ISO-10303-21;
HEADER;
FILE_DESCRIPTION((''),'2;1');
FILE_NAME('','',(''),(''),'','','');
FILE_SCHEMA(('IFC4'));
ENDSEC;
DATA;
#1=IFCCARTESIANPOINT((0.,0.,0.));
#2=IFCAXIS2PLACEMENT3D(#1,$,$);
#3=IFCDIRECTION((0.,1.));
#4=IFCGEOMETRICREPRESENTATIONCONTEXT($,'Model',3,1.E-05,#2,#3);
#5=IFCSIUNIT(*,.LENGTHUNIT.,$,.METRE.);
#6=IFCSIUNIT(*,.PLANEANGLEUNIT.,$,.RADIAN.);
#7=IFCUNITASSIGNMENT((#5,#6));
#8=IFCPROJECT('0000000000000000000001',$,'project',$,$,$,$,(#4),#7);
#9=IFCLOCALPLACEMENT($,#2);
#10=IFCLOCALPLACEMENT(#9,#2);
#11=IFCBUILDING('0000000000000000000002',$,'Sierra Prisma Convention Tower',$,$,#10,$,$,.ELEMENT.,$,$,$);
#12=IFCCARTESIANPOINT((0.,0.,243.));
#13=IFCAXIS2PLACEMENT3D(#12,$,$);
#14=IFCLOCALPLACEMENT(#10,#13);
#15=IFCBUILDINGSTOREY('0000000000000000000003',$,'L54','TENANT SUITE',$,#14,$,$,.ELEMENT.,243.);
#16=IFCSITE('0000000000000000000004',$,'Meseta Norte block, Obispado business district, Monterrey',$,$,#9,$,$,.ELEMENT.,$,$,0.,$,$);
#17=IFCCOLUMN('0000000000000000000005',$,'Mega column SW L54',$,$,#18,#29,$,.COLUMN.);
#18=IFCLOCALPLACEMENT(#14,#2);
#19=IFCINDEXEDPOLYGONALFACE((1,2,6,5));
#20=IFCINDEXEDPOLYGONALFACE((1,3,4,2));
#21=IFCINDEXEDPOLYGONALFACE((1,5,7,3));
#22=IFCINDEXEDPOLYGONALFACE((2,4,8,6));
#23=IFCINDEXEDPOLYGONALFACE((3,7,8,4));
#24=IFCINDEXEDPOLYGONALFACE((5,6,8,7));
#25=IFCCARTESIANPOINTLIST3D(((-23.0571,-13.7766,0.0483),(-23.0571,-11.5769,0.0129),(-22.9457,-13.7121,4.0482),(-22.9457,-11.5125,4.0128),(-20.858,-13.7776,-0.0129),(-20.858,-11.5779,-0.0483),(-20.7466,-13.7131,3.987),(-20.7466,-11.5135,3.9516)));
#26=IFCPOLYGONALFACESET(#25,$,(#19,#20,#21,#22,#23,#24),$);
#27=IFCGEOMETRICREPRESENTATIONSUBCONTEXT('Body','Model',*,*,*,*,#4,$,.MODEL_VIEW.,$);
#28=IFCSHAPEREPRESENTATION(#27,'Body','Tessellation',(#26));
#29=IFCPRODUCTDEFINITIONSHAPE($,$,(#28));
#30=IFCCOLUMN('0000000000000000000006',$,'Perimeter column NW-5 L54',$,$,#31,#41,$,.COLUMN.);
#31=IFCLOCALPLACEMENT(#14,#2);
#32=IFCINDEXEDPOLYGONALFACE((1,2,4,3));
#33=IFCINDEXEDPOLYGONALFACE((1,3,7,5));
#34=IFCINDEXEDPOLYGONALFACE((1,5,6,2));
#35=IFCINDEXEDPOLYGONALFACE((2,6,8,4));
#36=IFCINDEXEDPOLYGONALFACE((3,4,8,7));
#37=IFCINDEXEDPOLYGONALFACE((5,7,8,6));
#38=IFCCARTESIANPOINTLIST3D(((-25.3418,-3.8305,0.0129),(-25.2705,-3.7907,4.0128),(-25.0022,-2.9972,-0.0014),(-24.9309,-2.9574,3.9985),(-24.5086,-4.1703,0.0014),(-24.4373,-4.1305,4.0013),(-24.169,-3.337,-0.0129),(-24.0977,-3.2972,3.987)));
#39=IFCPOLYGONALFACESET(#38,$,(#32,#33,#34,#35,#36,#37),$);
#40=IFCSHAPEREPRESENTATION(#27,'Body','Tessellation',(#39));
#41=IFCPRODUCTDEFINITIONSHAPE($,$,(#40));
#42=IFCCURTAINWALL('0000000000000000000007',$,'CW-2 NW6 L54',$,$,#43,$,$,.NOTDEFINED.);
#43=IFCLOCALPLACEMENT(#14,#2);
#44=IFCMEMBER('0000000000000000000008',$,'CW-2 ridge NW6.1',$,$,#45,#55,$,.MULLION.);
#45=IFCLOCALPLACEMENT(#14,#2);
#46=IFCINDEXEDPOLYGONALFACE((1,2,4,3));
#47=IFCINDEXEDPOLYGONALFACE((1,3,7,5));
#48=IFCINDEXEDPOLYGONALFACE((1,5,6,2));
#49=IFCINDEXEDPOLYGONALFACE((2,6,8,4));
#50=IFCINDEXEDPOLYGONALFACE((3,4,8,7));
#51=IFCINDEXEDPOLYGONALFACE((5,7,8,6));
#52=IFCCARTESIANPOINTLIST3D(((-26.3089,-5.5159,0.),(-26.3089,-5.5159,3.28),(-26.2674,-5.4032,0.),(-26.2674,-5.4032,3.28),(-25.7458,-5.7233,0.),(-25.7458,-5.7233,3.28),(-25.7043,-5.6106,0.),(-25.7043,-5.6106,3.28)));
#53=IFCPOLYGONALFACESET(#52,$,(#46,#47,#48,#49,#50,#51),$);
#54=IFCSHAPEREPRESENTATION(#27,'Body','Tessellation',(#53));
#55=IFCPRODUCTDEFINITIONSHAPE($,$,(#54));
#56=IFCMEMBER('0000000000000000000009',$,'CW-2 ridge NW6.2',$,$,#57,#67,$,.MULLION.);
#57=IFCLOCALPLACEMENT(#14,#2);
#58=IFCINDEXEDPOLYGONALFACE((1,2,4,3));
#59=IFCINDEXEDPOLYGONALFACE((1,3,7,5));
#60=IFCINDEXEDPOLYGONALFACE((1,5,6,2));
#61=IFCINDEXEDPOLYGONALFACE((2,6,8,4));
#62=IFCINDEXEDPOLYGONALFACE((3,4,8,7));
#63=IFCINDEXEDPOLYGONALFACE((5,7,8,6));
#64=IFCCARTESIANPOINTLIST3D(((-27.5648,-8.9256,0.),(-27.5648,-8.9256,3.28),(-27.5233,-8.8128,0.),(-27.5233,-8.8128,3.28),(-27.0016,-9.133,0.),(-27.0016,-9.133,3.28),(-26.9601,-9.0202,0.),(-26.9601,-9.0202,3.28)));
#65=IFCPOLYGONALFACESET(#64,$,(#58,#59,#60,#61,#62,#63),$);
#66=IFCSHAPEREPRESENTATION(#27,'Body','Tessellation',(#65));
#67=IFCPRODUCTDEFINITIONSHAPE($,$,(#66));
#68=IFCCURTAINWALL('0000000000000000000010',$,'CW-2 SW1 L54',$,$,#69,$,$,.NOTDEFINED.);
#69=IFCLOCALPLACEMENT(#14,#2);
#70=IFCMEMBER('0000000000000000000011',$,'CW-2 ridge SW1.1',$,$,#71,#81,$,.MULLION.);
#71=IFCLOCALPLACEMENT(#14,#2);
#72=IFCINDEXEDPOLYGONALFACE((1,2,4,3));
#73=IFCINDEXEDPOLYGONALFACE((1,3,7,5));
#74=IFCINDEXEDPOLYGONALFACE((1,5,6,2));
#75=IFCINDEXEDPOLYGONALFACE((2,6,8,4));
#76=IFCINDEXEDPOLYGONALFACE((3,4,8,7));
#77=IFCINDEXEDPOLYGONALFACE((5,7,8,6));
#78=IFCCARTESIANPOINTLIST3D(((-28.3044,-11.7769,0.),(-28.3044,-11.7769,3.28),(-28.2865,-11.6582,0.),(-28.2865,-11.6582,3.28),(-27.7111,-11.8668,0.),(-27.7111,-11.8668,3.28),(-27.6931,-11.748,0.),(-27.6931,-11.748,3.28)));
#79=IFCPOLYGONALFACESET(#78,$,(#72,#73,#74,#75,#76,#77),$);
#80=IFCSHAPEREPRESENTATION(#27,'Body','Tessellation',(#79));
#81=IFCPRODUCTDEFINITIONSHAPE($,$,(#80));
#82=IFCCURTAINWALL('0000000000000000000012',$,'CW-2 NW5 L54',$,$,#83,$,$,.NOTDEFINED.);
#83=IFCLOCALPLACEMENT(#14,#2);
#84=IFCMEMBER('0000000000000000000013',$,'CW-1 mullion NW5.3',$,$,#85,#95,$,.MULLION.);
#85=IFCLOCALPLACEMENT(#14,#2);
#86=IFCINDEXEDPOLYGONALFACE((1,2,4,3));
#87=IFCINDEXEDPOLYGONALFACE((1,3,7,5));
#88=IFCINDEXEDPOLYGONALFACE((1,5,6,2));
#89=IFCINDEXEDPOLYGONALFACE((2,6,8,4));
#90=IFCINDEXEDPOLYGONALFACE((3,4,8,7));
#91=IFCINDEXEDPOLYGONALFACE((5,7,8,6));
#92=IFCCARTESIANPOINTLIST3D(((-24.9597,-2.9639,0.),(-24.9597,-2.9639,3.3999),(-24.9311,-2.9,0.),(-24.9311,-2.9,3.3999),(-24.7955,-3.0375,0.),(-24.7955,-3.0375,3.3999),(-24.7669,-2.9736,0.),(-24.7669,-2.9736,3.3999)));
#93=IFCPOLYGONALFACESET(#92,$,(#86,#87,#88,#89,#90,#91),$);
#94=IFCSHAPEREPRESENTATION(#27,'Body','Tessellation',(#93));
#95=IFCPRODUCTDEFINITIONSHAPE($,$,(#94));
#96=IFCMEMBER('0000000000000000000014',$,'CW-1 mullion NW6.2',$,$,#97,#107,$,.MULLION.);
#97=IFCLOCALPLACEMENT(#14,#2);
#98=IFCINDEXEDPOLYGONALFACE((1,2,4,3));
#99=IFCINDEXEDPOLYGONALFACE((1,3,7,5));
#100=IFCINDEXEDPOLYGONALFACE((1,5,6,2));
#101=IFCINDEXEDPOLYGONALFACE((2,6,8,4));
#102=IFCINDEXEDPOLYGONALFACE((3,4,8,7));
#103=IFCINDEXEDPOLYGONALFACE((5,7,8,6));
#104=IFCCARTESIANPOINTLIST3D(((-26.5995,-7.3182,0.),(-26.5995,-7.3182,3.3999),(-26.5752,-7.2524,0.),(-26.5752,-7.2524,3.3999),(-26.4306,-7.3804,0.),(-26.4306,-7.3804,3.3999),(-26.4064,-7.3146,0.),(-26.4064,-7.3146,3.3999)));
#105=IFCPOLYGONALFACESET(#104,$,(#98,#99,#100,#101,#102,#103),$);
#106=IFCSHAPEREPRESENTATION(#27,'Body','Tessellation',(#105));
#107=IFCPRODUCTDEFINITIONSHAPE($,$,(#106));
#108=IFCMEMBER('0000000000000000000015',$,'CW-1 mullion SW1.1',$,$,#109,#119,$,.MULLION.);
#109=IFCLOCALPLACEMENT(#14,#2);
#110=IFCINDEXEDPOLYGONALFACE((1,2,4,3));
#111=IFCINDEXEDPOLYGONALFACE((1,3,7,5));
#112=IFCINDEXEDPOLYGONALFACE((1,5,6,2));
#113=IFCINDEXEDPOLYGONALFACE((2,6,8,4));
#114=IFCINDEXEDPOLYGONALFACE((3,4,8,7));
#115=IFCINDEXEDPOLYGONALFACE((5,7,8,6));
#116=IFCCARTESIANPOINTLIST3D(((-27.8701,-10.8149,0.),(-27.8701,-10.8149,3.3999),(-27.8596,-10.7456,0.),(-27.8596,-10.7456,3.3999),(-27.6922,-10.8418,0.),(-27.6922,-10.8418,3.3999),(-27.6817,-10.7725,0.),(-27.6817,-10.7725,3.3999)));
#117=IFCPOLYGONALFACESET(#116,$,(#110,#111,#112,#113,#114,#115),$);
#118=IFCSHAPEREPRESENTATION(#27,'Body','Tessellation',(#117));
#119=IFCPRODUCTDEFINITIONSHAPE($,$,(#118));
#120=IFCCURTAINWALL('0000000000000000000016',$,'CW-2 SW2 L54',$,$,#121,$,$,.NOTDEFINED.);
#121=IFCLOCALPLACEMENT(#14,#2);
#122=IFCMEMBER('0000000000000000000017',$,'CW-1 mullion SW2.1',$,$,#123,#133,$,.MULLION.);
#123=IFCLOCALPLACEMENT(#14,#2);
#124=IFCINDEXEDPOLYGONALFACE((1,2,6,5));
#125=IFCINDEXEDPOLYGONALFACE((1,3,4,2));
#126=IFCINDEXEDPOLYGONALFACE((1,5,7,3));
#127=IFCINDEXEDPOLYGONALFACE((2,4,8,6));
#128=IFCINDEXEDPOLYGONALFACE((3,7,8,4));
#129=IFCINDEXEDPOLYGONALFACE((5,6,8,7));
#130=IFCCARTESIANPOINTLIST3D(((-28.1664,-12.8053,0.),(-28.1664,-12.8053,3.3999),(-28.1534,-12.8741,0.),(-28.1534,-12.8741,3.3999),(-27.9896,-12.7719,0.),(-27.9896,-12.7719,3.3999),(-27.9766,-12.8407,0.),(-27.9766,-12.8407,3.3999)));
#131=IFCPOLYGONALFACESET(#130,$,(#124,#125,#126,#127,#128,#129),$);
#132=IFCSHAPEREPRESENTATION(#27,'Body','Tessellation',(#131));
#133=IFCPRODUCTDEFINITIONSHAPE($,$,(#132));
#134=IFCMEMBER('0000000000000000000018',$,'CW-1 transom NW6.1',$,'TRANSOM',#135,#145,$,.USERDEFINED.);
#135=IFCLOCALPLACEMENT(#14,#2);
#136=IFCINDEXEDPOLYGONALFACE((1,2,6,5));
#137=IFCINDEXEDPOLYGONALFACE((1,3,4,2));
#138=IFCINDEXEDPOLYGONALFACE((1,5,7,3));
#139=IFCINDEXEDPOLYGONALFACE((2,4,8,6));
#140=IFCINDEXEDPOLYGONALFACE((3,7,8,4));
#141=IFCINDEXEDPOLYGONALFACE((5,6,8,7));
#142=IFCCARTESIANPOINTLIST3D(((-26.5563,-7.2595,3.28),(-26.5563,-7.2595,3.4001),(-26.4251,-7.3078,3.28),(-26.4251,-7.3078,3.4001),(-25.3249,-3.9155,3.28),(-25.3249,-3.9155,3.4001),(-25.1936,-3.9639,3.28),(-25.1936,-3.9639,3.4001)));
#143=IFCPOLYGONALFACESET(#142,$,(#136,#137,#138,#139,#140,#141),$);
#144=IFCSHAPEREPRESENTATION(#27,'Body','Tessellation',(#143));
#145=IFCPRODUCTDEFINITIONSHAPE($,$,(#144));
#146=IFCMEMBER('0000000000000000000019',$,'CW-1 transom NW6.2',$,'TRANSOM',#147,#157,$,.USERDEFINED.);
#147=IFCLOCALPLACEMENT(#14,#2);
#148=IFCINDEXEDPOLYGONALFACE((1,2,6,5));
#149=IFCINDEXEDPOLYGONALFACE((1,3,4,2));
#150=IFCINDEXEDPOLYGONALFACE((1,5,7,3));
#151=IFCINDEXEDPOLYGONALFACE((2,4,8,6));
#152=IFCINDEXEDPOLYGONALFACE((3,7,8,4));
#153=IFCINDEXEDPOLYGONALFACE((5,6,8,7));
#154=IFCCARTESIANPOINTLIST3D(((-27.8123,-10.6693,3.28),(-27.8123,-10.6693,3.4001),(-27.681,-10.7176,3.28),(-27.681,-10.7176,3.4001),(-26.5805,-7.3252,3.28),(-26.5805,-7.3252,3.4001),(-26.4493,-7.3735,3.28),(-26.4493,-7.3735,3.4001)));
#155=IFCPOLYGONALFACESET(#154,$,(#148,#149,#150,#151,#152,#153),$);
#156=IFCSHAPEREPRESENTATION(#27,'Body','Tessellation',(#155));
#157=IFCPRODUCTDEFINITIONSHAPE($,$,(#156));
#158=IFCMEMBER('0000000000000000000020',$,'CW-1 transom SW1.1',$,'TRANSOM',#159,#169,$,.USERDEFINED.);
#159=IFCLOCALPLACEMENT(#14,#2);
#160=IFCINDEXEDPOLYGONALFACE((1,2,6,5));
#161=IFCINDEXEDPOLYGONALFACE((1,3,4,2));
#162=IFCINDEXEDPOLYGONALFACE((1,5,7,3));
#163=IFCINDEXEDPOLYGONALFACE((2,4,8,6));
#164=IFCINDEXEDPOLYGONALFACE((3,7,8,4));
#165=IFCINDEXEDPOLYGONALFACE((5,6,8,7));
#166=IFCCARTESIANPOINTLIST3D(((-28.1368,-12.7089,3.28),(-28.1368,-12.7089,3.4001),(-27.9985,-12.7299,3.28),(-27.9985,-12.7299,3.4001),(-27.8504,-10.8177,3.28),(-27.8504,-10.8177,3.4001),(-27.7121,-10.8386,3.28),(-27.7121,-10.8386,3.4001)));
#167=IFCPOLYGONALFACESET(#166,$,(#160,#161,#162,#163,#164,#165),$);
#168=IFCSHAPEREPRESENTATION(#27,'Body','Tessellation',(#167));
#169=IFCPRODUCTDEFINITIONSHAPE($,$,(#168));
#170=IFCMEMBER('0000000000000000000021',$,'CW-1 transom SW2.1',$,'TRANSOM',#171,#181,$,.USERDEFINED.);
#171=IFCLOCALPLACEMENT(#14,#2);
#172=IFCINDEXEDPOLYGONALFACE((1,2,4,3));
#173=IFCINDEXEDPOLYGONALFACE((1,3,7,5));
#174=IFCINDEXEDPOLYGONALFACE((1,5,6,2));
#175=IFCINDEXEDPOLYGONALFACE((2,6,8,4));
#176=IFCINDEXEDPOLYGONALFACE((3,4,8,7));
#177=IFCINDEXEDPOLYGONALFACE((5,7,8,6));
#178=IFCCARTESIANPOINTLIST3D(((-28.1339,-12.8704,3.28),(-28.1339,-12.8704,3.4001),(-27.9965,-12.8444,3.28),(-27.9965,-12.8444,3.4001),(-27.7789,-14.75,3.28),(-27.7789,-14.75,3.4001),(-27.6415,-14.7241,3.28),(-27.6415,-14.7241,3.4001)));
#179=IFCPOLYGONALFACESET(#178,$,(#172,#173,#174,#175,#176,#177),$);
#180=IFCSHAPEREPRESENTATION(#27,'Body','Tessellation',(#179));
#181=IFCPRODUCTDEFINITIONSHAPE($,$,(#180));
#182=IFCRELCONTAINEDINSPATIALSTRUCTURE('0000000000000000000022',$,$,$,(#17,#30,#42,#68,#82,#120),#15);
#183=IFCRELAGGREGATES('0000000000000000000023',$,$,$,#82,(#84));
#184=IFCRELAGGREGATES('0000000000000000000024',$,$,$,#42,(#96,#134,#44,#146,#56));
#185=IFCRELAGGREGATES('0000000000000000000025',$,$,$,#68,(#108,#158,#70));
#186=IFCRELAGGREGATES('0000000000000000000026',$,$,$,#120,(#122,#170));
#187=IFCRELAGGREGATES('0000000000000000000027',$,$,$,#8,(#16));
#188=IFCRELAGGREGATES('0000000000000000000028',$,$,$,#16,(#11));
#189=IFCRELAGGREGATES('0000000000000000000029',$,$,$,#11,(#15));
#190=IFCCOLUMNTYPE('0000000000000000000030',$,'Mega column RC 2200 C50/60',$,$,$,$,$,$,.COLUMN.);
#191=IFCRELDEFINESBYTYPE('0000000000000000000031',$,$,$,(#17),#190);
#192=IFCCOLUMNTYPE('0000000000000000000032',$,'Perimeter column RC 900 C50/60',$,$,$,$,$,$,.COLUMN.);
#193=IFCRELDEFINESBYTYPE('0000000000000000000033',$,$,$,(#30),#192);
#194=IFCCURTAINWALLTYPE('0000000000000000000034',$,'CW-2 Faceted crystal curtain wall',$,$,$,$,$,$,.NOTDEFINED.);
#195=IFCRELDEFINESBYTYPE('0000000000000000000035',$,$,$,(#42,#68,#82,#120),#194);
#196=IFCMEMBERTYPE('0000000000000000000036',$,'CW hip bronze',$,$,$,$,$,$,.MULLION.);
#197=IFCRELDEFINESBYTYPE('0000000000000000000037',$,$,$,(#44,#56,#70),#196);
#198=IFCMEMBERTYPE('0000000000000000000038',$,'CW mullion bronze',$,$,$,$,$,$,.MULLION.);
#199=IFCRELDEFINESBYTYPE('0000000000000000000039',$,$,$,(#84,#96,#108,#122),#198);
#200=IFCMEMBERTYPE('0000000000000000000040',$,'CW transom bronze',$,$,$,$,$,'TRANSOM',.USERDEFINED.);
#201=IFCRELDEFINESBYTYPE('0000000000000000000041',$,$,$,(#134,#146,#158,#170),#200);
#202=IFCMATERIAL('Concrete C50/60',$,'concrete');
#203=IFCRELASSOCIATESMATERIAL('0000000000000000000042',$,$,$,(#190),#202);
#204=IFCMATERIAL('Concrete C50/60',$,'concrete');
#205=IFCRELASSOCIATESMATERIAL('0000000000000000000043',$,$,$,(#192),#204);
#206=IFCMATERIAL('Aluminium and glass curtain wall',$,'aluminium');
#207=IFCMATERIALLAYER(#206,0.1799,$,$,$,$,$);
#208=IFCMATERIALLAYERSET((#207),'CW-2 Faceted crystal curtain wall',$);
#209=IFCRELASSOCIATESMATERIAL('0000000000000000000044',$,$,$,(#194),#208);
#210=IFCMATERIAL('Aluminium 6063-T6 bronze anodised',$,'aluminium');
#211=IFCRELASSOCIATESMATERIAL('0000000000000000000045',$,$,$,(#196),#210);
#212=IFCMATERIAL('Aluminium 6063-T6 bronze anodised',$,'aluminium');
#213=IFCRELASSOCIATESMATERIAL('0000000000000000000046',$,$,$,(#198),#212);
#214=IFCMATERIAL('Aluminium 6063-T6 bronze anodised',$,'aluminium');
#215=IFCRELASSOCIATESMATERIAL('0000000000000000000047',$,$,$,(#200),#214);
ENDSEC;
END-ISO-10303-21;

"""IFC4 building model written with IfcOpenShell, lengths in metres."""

from ifc_helpers import new_model, si_unit, direction, frame, origin, origin_2d, place, context, subcontext, project, spatial, rectangle, extrude, material, layer, layer_set, material_profile, profile_set, type_object, element, aggregate, save


model = new_model("IFC4")

# Units and contexts
model_context = context("Model", 3, precision=1e-05, world=origin(), true_north=direction((0.0, 1.0)))
body_context = subcontext(model_context, "Body", "Model", "MODEL_VIEW")
ifc_project = project(units=[si_unit("LENGTHUNIT", "METRE"), si_unit("PLANEANGLEUNIT", "RADIAN")], contexts=[model_context])

# Site, building, storey
site_placement = place(None, origin())
site = spatial("IfcSite", under=ifc_project, at=site_placement, Name="Meseta Norte block, Obispado business district, Monterrey", CompositionType="ELEMENT", RefElevation=0.0)
building_placement = place(site_placement, origin())
building = spatial("IfcBuilding", under=site, at=building_placement, Name="Sierra Prisma Convention Tower", CompositionType="ELEMENT")
storey_placement = place(building_placement, frame((0.0, 0.0, 243.0)))
storey = spatial("IfcBuildingStorey", under=building, at=storey_placement, Name="L54", Description="TENANT SUITE", CompositionType="ELEMENT", Elevation=243.0)

# Columns
ifc_material_1 = material(Name="Concrete C50/60", Category="concrete")
ifc_material_profile_1 = material_profile(ifc_material_1, rectangle(XDim=2.2, YDim=2.2, at=origin_2d()), Name="Mega column RC 2200 C50/60")
ifc_profile_set_1 = profile_set([ifc_material_profile_1], Name="Concrete C50/60")
column_type_1 = type_object("IfcColumnType", Name="Mega column RC 2200 C50/60", PredefinedType="COLUMN", material=ifc_profile_set_1)
column_1_placement = place(storey_placement, frame((-21.9575, -12.6772, 0.0), z_axis=(0.027818, 0.016105, 0.999483), x_axis=(0.999613, -0.000448, -0.027814)))
element("IfcColumn", 1, at=column_1_placement, inside=storey, type_object=column_type_1, Name="Mega column SW L54", PredefinedType="COLUMN", context=body_context, shape_type="SweptSolid", body=[
    extrude(rectangle(XDim=2.2, YDim=2.2, at=origin_2d()), origin(), (0.0, 0.0, 1.0), 4.002),
])
ifc_material_2 = material(Name="Concrete C50/60", Category="concrete")
ifc_material_profile_2 = material_profile(ifc_material_2, rectangle(XDim=0.8999, YDim=0.8999, at=origin_2d()), Name="Perimeter column RC 900 C50/60")
ifc_profile_set_2 = profile_set([ifc_material_profile_2], Name="Concrete C50/60")
column_type_2 = type_object("IfcColumnType", Name="Perimeter column RC 900 C50/60", PredefinedType="COLUMN", material=ifc_profile_set_2)
column_2_placement = place(storey_placement, frame((-24.7554, -3.5837, 0.0), z_axis=(0.017819, 0.009947, 0.999792), x_axis=(0.377375, 0.925923, -0.015937)))
element("IfcColumn", 2, at=column_2_placement, inside=storey, type_object=column_type_2, Name="Perimeter column NW-5 L54", PredefinedType="COLUMN", context=body_context, shape_type="SweptSolid", body=[
    extrude(rectangle(XDim=0.8999, YDim=0.8999, at=origin_2d()), origin(), (0.0, 0.0, 1.0), 4.0007),
])

# Curtain wall, members
ifc_material_3 = material(Name="Aluminium and glass curtain wall", Category="aluminium")
ifc_layer_1 = layer(ifc_material_3, 0.1799)
ifc_layer_set_1 = layer_set([ifc_layer_1], Name="CW-2 Faceted crystal curtain wall")
curtain_wall_type = type_object("IfcCurtainWallType", Name="CW-2 Faceted crystal curtain wall", PredefinedType="NOTDEFINED", material=ifc_layer_set_1)
curtain_wall_1_placement = place(storey_placement, origin())
curtain_wall_1 = element("IfcCurtainWall", 3, at=curtain_wall_1_placement, inside=storey, type_object=curtain_wall_type, Name="CW-2 NW6 L54", PredefinedType="NOTDEFINED")
ifc_material_4 = material(Name="Aluminium 6063-T6 bronze anodised", Category="aluminium")
ifc_material_profile_3 = material_profile(ifc_material_4, rectangle(XDim=0.1201, YDim=0.6001, at=origin_2d()), Name="ALU RIDGE BLADE 120x600")
ifc_profile_set_3 = profile_set([ifc_material_profile_3], Name="Aluminium 6063-T6 bronze anodised")
member_type_1 = type_object("IfcMemberType", Name="CW hip bronze", PredefinedType="MULLION", material=ifc_profile_set_3)
member_1_placement = place(storey_placement, frame((-26.0066, -5.5632, 0.0), z_axis=(0.0, 0.0, 1.0), x_axis=(-0.345603, -0.938381, 0.0)))
member_1 = element("IfcMember", 4, at=member_1_placement, type_object=member_type_1, Name="CW-2 ridge NW6.1", PredefinedType="MULLION", context=body_context, shape_type="SweptSolid", body=[
    extrude(rectangle(XDim=0.1201, YDim=0.6001, at=origin_2d()), origin(), (0.0, 0.0, 1.0), 3.28),
])
member_2_placement = place(storey_placement, frame((-27.2625, -8.9729, 0.0), z_axis=(0.0, 0.0, 1.0), x_axis=(-0.345603, -0.938381, 0.0)))
member_2 = element("IfcMember", 5, at=member_2_placement, type_object=member_type_1, Name="CW-2 ridge NW6.2", PredefinedType="MULLION", context=body_context, shape_type="SweptSolid", body=[
    extrude(rectangle(XDim=0.1201, YDim=0.6001, at=origin_2d()), origin(), (0.0, 0.0, 1.0), 3.28),
])

# Curtain walls, members
curtain_wall_2_placement = place(storey_placement, origin())
curtain_wall_2 = element("IfcCurtainWall", 6, at=curtain_wall_2_placement, inside=storey, type_object=curtain_wall_type, Name="CW-2 SW1 L54", PredefinedType="NOTDEFINED")
member_3_placement = place(storey_placement, frame((-27.9988, -11.7625, 0.0), z_axis=(0.0, 0.0, 1.0), x_axis=(-0.149705, -0.988731, 0.0)))
member_3 = element("IfcMember", 7, at=member_3_placement, type_object=member_type_1, Name="CW-2 ridge SW1.1", PredefinedType="MULLION", context=body_context, shape_type="SweptSolid", body=[
    extrude(rectangle(XDim=0.1201, YDim=0.6001, at=origin_2d()), origin(), (0.0, 0.0, 1.0), 3.28),
])
curtain_wall_3_placement = place(storey_placement, origin())
curtain_wall_3 = element("IfcCurtainWall", 8, at=curtain_wall_3_placement, inside=storey, type_object=curtain_wall_type, Name="CW-2 NW5 L54", PredefinedType="NOTDEFINED")
ifc_material_5 = material(Name="Aluminium 6063-T6 bronze anodised", Category="aluminium")
ifc_material_profile_4 = material_profile(ifc_material_5, rectangle(XDim=0.1799, YDim=0.0701, at=origin_2d()), Name="ALU MULLION 70x180")
ifc_profile_set_4 = profile_set([ifc_material_profile_4], Name="Aluminium 6063-T6 bronze anodised")
member_type_2 = type_object("IfcMemberType", Name="CW mullion bronze", PredefinedType="MULLION", material=ifc_profile_set_4)
member_4_placement = place(storey_placement, frame((-24.8633, -2.9688, 0.0), z_axis=(0.0, 0.0, 1.0), x_axis=(0.912612, -0.408827, 0.0)))
member_4 = element("IfcMember", 9, at=member_4_placement, type_object=member_type_2, Name="CW-1 mullion NW5.3", PredefinedType="MULLION", context=body_context, shape_type="SweptSolid", body=[
    extrude(rectangle(XDim=0.1799, YDim=0.0701, at=origin_2d()), origin(), (0.0, 0.0, 1.0), 3.3999),
])

# Members
member_5_placement = place(storey_placement, frame((-26.5029, -7.3164, 0.0), z_axis=(0.0, 0.0, 1.0), x_axis=(0.938381, -0.345603, 0.0)))
member_5 = element("IfcMember", 10, at=member_5_placement, type_object=member_type_2, Name="CW-1 mullion NW6.2", PredefinedType="MULLION", context=body_context, shape_type="SweptSolid", body=[
    extrude(rectangle(XDim=0.1799, YDim=0.0701, at=origin_2d()), origin(), (0.0, 0.0, 1.0), 3.3999),
])
member_6_placement = place(storey_placement, frame((-27.7759, -10.7937, 0.0), z_axis=(0.0, 0.0, 1.0), x_axis=(0.988731, -0.149705, 0.0)))
member_6 = element("IfcMember", 11, at=member_6_placement, type_object=member_type_2, Name="CW-1 mullion SW1.1", PredefinedType="MULLION", context=body_context, shape_type="SweptSolid", body=[
    extrude(rectangle(XDim=0.1799, YDim=0.0701, at=origin_2d()), origin(), (0.0, 0.0, 1.0), 3.3999),
])

# Curtain wall, member
curtain_wall_4_placement = place(storey_placement, origin())
curtain_wall_4 = element("IfcCurtainWall", 12, at=curtain_wall_4_placement, inside=storey, type_object=curtain_wall_type, Name="CW-2 SW2 L54", PredefinedType="NOTDEFINED")
member_7_placement = place(storey_placement, frame((-28.0715, -12.823, 0.0), z_axis=(0.0, 0.0, 1.0), x_axis=(0.982629, 0.185582, 0.0)))
member_7 = element("IfcMember", 13, at=member_7_placement, type_object=member_type_2, Name="CW-1 mullion SW2.1", PredefinedType="MULLION", context=body_context, shape_type="SweptSolid", body=[
    extrude(rectangle(XDim=0.1799, YDim=0.0701, at=origin_2d()), origin(), (0.0, 0.0, 1.0), 3.3999),
])

# Members
ifc_material_6 = material(Name="Aluminium 6063-T6 bronze anodised", Category="aluminium")
ifc_material_profile_5 = material_profile(ifc_material_6, rectangle(XDim=0.1399, YDim=0.1201, at=origin_2d()), Name="ALU TRANSOM 120x140")
ifc_profile_set_5 = profile_set([ifc_material_profile_5], Name="Aluminium 6063-T6 bronze anodised")
member_type_3 = type_object("IfcMemberType", Name="CW transom bronze", ElementType="TRANSOM", PredefinedType="USERDEFINED", material=ifc_profile_set_5)
member_8_placement = place(storey_placement, frame((-25.2593, -3.9397, 3.3401), z_axis=(-0.345569, -0.938393, 0.0), x_axis=(0.938393, -0.345569, 0.0)))
member_8 = element("IfcMember", 14, at=member_8_placement, type_object=member_type_3, Name="CW-1 transom NW6.1", ObjectType="TRANSOM", PredefinedType="USERDEFINED", context=body_context, shape_type="SweptSolid", body=[
    extrude(rectangle(XDim=0.1399, YDim=0.1201, at=origin_2d()), origin(), (0.0, 0.0, 1.0), 3.5635),
])
member_9_placement = place(storey_placement, frame((-26.5149, -7.3494, 3.3401), z_axis=(-0.345629, -0.938371, 0.0), x_axis=(0.938371, -0.345629, 0.0)))
member_9 = element("IfcMember", 15, at=member_9_placement, type_object=member_type_3, Name="CW-1 transom NW6.2", ObjectType="TRANSOM", PredefinedType="USERDEFINED", context=body_context, shape_type="SweptSolid", body=[
    extrude(rectangle(XDim=0.1399, YDim=0.1201, at=origin_2d()), origin(), (0.0, 0.0, 1.0), 3.5637),
])
member_10_placement = place(storey_placement, frame((-27.7812, -10.8281, 3.3401), z_axis=(-0.149707, -0.98873, 0.0), x_axis=(0.98873, -0.149707, 0.0)))
member_10 = element("IfcMember", 16, at=member_10_placement, type_object=member_type_3, Name="CW-1 transom SW1.1", ObjectType="TRANSOM", PredefinedType="USERDEFINED", context=body_context, shape_type="SweptSolid", body=[
    extrude(rectangle(XDim=0.1399, YDim=0.1201, at=origin_2d()), origin(), (0.0, 0.0, 1.0), 1.9128),
])
member_11_placement = place(storey_placement, frame((-28.0652, -12.8574, 3.3401), z_axis=(0.185575, -0.98263, 0.0), x_axis=(0.98263, 0.185575, 0.0)))
member_11 = element("IfcMember", 17, at=member_11_placement, type_object=member_type_3, Name="CW-1 transom SW2.1", ObjectType="TRANSOM", PredefinedType="USERDEFINED", context=body_context, shape_type="SweptSolid", body=[
    extrude(rectangle(XDim=0.1399, YDim=0.1201, at=origin_2d()), origin(), (0.0, 0.0, 1.0), 1.9128),
])

aggregate(curtain_wall_3, [member_4])
aggregate(curtain_wall_1, [member_5, member_8, member_1, member_9, member_2])
aggregate(curtain_wall_2, [member_6, member_10, member_3])
aggregate(curtain_wall_4, [member_7, member_11])

save(model, "model.ifc")
